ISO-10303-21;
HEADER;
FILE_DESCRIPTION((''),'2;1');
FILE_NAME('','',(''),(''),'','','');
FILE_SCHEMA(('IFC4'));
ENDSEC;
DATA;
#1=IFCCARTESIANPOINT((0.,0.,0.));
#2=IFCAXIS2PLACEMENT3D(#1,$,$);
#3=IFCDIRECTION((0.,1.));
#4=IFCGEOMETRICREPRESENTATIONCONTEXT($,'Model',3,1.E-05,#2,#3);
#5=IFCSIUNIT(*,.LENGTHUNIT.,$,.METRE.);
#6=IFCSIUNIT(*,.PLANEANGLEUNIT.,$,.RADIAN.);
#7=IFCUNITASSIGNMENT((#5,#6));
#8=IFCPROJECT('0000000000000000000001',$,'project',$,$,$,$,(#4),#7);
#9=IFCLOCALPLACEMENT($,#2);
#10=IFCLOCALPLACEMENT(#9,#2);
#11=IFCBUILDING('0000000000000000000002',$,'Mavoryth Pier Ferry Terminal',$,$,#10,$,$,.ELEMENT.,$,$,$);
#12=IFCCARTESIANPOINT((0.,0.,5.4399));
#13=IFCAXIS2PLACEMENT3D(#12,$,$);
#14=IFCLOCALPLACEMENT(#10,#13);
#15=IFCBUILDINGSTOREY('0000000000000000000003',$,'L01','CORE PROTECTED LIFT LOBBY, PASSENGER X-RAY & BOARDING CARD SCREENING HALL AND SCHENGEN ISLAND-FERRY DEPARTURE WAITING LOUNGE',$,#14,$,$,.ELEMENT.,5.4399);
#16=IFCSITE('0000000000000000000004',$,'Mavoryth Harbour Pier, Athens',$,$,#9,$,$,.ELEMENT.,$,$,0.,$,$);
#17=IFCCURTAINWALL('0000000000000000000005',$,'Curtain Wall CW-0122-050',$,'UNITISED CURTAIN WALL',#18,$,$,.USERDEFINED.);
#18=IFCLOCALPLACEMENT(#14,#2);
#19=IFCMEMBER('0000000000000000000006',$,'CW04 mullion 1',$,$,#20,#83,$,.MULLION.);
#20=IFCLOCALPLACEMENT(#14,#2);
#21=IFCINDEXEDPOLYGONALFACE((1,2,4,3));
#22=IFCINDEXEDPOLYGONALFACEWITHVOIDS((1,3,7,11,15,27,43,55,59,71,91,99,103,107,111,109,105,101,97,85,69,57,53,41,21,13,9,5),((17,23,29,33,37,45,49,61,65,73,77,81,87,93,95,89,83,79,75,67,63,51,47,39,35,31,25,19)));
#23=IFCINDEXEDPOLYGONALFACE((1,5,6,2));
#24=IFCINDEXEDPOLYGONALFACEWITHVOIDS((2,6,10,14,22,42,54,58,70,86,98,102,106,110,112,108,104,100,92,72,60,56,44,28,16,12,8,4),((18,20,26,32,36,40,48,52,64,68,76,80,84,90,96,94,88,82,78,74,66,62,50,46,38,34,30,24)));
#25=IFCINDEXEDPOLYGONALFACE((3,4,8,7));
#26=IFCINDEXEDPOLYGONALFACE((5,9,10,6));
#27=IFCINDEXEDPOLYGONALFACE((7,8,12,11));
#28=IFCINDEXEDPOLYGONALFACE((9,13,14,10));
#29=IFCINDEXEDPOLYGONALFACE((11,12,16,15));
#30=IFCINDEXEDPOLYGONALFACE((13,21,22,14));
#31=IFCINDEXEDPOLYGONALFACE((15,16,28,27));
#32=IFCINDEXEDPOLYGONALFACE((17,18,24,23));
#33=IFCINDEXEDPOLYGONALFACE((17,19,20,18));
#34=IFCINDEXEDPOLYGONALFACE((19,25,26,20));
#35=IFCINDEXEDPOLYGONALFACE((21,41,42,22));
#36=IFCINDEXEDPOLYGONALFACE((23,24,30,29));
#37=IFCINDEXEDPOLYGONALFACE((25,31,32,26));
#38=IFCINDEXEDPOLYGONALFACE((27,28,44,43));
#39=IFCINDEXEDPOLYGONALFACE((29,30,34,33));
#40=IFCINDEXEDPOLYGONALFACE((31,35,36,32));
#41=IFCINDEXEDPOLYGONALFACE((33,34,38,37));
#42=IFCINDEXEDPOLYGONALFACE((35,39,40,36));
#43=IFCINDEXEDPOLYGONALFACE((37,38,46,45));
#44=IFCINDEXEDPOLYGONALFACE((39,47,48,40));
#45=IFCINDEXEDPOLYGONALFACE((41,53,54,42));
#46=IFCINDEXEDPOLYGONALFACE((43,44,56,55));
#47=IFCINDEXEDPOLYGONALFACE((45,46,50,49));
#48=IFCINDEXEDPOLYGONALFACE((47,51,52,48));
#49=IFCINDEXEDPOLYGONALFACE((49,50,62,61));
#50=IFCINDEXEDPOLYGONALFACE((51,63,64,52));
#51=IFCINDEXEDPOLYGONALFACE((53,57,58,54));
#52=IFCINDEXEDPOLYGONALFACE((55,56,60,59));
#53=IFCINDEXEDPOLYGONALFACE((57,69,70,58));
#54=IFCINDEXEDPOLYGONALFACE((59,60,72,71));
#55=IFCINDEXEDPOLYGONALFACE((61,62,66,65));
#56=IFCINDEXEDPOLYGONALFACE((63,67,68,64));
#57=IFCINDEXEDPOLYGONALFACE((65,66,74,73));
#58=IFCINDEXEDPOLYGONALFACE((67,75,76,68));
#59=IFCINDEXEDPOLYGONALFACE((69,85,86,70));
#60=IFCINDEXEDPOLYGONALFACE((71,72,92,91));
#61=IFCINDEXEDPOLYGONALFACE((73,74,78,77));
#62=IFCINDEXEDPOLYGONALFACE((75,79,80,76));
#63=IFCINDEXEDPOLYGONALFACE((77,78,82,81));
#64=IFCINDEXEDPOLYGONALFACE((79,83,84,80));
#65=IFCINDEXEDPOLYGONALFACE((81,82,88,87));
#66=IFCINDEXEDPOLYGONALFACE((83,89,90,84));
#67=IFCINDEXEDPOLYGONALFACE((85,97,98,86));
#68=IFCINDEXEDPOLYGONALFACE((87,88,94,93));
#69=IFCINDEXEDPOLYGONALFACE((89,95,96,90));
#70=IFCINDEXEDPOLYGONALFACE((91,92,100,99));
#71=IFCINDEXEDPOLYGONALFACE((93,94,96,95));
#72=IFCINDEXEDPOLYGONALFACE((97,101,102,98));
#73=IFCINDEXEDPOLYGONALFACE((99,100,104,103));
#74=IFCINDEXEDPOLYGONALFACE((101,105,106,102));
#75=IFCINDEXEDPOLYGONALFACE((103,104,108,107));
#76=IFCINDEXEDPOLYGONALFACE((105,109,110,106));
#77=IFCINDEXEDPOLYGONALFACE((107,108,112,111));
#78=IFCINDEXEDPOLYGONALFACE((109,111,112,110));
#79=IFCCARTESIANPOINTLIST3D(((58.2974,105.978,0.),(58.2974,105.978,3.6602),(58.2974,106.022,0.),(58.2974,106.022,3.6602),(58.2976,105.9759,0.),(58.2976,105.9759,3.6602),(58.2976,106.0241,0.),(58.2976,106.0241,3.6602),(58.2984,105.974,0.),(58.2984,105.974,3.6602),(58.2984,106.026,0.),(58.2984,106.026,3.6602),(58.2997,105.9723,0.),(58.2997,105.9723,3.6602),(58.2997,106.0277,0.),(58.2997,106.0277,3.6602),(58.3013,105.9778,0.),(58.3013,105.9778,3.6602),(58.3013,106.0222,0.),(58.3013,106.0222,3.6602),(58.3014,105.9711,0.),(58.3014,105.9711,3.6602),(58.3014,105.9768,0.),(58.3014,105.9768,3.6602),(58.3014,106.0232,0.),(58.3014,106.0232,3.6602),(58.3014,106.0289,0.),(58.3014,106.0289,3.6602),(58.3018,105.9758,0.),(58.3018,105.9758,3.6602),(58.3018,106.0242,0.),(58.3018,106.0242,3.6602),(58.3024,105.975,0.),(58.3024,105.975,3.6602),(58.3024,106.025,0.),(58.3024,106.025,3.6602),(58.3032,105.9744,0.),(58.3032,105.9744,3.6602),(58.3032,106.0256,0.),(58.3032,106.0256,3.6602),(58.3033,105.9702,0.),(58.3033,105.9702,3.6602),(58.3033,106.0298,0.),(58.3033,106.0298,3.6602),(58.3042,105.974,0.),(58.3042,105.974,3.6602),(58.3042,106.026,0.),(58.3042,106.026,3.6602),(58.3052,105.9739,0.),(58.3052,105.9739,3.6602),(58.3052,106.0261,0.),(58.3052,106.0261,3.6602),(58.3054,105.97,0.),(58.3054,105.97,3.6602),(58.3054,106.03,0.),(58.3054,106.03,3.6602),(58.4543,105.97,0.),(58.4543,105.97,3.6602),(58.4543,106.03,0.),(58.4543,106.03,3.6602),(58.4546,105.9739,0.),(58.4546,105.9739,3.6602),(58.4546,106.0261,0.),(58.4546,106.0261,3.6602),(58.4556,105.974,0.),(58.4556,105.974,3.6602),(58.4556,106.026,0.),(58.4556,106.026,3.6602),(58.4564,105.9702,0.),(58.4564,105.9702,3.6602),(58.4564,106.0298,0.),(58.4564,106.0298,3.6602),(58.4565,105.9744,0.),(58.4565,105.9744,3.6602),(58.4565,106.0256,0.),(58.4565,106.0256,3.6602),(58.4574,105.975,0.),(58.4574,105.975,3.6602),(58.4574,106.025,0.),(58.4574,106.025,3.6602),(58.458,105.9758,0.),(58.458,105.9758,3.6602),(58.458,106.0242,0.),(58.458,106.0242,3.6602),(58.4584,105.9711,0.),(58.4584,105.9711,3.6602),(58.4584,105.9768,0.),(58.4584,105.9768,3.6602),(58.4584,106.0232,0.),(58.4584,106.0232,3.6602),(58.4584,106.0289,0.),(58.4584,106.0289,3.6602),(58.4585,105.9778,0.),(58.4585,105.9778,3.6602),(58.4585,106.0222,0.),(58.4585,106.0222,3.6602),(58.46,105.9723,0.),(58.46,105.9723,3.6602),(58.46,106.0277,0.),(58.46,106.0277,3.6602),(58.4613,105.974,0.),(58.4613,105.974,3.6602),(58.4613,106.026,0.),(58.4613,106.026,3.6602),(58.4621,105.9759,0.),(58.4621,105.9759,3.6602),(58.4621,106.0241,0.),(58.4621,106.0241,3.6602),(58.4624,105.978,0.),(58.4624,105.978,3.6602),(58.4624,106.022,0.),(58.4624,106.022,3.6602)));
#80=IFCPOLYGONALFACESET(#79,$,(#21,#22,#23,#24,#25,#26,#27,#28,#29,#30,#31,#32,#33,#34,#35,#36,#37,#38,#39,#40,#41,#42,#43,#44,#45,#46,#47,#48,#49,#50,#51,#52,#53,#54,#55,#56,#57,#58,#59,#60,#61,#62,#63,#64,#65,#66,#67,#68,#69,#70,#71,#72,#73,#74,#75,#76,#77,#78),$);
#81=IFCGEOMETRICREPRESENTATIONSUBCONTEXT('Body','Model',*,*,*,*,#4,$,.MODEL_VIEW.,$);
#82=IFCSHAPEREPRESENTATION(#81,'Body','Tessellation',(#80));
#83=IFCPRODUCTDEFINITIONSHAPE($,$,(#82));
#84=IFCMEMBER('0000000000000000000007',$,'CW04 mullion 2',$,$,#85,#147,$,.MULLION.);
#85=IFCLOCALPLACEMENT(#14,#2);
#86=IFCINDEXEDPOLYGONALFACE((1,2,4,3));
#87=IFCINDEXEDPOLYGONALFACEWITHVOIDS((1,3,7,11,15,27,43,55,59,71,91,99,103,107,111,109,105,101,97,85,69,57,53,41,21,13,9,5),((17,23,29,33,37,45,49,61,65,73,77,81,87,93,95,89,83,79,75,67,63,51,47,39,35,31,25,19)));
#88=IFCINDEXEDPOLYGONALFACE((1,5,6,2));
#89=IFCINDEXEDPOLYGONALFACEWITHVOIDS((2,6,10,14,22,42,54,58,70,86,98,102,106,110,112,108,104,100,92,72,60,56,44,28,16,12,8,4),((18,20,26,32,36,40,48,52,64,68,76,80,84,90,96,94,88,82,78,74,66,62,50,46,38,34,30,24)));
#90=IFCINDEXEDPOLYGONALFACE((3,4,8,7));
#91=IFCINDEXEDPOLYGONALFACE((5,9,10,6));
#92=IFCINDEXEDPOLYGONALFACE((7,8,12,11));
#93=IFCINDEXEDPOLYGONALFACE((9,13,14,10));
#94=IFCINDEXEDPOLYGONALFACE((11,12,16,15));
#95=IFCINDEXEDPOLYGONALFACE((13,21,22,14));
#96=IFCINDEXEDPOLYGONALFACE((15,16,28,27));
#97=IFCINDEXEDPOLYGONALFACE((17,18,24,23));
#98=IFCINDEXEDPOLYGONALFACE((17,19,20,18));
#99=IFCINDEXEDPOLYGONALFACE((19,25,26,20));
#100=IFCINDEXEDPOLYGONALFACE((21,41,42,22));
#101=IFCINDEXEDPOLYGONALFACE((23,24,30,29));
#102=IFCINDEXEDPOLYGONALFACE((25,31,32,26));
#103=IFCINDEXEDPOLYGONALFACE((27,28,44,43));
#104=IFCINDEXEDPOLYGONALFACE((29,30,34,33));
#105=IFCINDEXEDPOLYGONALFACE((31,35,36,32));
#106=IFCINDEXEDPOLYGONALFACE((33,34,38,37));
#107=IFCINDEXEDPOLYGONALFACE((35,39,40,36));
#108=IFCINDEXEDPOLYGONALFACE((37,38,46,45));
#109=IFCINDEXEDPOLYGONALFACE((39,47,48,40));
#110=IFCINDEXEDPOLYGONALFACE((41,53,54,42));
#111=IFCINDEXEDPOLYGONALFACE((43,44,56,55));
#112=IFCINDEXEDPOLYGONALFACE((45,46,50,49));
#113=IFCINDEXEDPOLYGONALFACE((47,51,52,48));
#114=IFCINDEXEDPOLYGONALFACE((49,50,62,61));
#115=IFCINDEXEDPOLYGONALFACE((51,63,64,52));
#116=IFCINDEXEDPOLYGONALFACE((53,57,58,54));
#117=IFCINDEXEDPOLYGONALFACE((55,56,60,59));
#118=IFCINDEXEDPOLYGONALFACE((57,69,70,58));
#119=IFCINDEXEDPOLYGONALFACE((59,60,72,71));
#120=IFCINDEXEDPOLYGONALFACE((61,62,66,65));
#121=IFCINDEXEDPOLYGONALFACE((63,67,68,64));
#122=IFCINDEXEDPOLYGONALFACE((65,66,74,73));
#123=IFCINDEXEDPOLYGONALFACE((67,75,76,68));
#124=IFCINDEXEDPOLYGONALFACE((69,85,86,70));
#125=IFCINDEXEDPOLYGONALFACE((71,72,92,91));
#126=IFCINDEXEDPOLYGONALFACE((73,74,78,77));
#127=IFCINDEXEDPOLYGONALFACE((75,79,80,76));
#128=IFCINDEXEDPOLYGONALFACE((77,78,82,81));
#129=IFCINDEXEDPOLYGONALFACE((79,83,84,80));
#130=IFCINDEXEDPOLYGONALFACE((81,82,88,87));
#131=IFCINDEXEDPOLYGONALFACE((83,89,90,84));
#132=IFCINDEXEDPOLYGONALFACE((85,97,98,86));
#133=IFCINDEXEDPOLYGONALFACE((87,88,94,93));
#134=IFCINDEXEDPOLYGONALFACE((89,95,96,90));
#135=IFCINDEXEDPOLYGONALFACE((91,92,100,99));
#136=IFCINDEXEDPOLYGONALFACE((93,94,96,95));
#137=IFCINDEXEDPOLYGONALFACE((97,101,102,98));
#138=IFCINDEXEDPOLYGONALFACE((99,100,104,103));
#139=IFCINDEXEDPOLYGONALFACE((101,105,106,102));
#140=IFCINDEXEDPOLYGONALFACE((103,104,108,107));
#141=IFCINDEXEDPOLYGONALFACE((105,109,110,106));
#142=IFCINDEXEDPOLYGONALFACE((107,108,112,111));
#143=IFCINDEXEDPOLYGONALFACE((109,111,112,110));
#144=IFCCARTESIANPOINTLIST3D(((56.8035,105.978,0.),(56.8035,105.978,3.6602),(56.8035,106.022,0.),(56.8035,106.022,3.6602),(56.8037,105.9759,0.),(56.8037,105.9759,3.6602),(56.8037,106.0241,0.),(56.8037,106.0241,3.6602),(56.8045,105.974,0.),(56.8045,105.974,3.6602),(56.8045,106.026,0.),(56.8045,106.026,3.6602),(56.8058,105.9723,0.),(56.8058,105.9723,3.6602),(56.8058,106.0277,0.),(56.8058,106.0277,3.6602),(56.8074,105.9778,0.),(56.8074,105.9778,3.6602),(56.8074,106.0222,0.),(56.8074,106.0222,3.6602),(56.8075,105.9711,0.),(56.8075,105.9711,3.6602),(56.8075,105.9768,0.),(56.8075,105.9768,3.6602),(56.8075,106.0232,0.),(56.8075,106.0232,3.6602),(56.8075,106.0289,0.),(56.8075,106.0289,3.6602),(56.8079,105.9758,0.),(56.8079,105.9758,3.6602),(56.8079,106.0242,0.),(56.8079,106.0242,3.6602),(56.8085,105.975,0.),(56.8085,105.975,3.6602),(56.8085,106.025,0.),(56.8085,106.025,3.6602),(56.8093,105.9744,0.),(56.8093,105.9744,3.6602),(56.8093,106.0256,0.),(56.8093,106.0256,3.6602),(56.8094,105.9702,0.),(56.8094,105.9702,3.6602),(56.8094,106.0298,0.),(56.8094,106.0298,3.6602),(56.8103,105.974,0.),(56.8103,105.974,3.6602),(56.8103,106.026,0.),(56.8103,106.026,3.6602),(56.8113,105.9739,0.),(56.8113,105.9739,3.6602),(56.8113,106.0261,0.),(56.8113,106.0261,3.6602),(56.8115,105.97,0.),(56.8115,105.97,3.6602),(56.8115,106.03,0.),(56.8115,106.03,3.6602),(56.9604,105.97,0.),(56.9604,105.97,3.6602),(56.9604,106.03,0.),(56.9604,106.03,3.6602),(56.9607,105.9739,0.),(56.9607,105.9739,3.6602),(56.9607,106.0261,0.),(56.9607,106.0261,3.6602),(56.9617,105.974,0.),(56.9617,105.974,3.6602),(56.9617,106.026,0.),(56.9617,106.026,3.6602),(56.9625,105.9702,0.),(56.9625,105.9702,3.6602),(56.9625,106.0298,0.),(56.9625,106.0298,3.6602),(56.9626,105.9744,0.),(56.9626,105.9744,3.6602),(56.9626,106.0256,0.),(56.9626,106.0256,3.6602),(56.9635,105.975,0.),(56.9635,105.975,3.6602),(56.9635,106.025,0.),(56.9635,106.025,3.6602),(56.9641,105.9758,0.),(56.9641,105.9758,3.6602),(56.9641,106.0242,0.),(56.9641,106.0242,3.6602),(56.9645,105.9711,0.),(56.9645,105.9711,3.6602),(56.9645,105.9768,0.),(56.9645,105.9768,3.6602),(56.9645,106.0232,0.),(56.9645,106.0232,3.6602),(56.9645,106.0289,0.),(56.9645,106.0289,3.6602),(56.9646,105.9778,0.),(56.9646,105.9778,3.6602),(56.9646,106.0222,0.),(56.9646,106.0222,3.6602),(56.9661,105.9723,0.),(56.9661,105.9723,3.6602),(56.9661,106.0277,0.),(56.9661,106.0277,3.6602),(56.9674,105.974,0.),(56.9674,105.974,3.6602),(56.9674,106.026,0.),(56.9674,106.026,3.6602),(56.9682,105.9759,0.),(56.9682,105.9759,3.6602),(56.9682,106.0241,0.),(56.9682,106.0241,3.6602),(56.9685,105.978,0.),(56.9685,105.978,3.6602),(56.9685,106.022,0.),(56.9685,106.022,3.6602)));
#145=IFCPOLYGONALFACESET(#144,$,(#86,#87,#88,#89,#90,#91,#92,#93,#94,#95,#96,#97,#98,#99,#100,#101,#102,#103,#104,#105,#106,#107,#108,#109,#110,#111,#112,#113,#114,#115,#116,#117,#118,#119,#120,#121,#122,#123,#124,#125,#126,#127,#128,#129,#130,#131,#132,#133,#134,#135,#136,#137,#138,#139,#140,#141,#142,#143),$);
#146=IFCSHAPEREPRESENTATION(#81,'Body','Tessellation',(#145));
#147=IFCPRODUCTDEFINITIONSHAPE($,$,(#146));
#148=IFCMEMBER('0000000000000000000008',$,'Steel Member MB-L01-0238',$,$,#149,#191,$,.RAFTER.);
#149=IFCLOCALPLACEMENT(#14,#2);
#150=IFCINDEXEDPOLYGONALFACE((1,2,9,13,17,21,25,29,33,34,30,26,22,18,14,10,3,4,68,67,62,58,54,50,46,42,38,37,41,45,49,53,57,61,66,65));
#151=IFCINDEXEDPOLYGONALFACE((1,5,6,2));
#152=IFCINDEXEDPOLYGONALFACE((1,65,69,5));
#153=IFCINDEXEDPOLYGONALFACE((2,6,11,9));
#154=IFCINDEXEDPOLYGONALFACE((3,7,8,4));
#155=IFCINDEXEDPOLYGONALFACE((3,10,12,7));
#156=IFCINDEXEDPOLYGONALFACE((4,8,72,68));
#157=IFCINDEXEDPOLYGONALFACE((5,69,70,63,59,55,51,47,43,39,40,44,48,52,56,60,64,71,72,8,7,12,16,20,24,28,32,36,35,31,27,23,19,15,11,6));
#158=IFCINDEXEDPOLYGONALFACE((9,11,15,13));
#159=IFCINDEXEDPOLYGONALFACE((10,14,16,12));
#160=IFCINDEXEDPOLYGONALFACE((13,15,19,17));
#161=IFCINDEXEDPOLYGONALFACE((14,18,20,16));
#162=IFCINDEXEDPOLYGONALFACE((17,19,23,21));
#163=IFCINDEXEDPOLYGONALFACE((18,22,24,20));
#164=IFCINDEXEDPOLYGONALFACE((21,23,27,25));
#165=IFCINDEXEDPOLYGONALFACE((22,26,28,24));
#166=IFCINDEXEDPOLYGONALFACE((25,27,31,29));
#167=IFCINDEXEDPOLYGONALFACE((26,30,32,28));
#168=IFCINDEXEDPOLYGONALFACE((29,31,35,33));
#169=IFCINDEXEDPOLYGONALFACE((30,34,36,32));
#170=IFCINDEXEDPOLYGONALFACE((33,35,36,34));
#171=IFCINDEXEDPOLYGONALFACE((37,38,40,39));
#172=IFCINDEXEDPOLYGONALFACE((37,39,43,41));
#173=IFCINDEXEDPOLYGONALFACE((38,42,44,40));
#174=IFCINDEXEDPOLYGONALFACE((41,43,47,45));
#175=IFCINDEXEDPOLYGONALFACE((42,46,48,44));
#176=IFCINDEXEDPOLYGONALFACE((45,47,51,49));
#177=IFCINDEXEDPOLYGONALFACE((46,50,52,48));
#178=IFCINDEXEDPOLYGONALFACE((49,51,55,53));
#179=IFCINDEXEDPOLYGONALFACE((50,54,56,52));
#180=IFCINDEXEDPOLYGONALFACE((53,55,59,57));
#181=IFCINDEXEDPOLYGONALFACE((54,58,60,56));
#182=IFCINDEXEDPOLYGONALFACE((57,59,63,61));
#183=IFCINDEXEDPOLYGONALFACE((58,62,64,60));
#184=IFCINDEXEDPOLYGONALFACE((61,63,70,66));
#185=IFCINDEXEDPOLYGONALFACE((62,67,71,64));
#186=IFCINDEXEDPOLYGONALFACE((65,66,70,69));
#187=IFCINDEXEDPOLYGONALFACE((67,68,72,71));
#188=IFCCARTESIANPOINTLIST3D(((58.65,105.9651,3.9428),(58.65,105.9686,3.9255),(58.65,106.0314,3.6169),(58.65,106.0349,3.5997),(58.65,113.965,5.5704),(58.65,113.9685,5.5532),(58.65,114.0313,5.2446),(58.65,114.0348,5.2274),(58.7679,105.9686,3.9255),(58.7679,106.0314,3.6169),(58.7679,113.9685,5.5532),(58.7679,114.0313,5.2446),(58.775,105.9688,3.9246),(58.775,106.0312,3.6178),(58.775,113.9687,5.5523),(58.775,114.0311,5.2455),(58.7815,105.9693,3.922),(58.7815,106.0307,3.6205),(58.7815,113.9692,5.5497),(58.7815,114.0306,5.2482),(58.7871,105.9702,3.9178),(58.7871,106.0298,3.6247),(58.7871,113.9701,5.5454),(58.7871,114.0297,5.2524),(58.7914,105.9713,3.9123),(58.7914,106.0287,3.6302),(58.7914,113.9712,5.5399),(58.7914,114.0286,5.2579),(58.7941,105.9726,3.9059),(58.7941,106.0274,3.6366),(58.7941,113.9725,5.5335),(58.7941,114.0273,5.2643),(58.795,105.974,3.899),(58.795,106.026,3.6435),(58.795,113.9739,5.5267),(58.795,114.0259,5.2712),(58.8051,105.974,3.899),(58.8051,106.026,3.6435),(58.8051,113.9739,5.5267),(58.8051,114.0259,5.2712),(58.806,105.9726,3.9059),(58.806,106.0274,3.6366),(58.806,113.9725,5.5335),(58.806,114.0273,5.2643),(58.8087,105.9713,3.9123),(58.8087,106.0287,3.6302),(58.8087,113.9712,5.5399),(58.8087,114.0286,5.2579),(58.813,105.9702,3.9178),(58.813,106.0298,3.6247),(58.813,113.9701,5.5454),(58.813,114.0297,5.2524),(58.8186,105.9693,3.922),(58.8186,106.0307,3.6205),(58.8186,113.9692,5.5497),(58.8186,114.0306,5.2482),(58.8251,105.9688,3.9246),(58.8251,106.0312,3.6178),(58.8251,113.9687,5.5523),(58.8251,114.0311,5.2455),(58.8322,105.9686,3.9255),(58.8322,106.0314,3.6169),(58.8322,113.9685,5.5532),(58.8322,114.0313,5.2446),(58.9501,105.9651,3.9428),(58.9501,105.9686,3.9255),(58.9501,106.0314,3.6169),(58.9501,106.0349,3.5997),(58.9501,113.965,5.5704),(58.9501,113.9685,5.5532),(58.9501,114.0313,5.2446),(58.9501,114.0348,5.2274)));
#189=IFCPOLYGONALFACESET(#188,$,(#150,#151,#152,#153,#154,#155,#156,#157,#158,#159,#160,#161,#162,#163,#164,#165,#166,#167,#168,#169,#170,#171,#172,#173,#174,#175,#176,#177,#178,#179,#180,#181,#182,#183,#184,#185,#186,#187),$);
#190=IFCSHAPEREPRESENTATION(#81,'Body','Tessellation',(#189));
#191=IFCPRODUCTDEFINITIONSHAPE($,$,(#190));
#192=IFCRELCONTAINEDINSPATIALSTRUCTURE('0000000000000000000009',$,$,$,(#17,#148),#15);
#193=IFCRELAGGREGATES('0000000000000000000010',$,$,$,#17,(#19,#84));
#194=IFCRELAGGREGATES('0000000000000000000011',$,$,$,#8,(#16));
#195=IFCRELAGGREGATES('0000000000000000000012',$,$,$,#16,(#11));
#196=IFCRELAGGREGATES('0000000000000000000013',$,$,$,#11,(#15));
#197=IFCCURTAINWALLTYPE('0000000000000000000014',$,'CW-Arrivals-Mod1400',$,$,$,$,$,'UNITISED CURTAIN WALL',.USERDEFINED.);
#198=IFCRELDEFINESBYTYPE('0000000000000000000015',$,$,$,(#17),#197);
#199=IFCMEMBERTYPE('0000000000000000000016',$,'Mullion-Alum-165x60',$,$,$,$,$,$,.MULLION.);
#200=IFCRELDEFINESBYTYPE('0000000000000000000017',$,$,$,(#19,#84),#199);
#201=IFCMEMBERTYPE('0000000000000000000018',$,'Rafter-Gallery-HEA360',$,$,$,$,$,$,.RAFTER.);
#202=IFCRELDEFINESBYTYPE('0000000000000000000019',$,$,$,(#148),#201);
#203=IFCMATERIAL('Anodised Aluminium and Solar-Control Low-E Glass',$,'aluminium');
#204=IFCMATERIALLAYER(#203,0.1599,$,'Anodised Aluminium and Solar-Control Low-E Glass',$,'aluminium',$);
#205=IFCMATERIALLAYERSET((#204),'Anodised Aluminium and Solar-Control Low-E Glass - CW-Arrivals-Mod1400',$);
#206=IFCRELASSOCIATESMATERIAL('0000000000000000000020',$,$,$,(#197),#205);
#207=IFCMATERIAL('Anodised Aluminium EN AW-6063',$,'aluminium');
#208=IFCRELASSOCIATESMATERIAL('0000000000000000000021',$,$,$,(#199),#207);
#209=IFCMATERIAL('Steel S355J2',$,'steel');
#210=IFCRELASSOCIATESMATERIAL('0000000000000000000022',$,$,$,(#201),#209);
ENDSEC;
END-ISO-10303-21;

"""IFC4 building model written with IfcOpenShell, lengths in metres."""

from ifc_helpers import new_model, si_unit, direction, frame, origin, origin_2d, place, context, subcontext, project, spatial, hollow_rectangle, i_section, extrude, material, layer, layer_set, material_profile, profile_set, type_object, element, aggregate, save


model = new_model("IFC4")

# Units and contexts
model_context = context("Model", 3, precision=1e-05, world=origin(), true_north=direction((0.0, 1.0)))
body_context = subcontext(model_context, "Body", "Model", "MODEL_VIEW")
ifc_project = project(units=[si_unit("LENGTHUNIT", "METRE"), si_unit("PLANEANGLEUNIT", "RADIAN")], contexts=[model_context])

# Site, building, storey
site_placement = place(None, origin())
site = spatial("IfcSite", under=ifc_project, at=site_placement, Name="Mavoryth Harbour Pier, Athens", CompositionType="ELEMENT", RefElevation=0.0)
building_placement = place(site_placement, origin())
building = spatial("IfcBuilding", under=site, at=building_placement, Name="Mavoryth Pier Ferry Terminal", CompositionType="ELEMENT")
storey_placement = place(building_placement, frame((0.0, 0.0, 5.4399)))
storey = spatial("IfcBuildingStorey", under=building, at=storey_placement, Name="L01", Description="CORE PROTECTED LIFT LOBBY, PASSENGER X-RAY & BOARDING CARD SCREENING HALL AND SCHENGEN ISLAND-FERRY DEPARTURE WAITING LOUNGE", CompositionType="ELEMENT", Elevation=5.4399)

# Shared definitions
ifc_material_1 = material(Name="Steel S355J2", Category="steel")

# Curtain wall, members
ifc_material_2 = material(Name="Anodised Aluminium and Solar-Control Low-E Glass", Category="aluminium")
ifc_layer_1 = layer(ifc_material_2, 0.1599, Name="Anodised Aluminium and Solar-Control Low-E Glass", Category="aluminium")
ifc_layer_set_1 = layer_set([ifc_layer_1], Name="Anodised Aluminium and Solar-Control Low-E Glass - CW-Arrivals-Mod1400")
curtain_wall_type_1 = type_object("IfcCurtainWallType", Name="CW-Arrivals-Mod1400", ElementType="UNITISED CURTAIN WALL", PredefinedType="USERDEFINED", material=ifc_layer_set_1)
curtain_wall_1_placement = place(storey_placement, origin())
curtain_wall_1 = element("IfcCurtainWall", 1, at=curtain_wall_1_placement, inside=storey, type_object=curtain_wall_type_1, Name="Curtain Wall CW-0122-050", ObjectType="UNITISED CURTAIN WALL", PredefinedType="USERDEFINED")
ifc_material_3 = material(Name="Anodised Aluminium EN AW-6063", Category="aluminium")
ifc_material_profile_1 = material_profile(ifc_material_3, hollow_rectangle(XDim=0.0601, YDim=0.165, WallThickness=0.0039, InnerFilletRadius=0.0039, OuterFilletRadius=0.0081, at=origin_2d()), Name="AL-MULL 165x60x4", Category="aluminium")
ifc_profile_set_1 = profile_set([ifc_material_profile_1], Name="Anodised Aluminium EN AW-6063 - AL-MULL 165x60x4")
member_type_1 = type_object("IfcMemberType", Name="Mullion-Alum-165x60", PredefinedType="MULLION", material=ifc_profile_set_1)
member_1_placement = place(storey_placement, frame((58.3799, 106.0, 0.0), z_axis=(0.0, 0.0, 1.0), x_axis=(0.0, -1.0, 0.0)))
member_1 = element("IfcMember", 2, at=member_1_placement, type_object=member_type_1, Name="CW04 mullion 1", PredefinedType="MULLION", context=body_context, shape_type="SweptSolid", body=[
    extrude(hollow_rectangle(XDim=0.0601, YDim=0.165, WallThickness=0.0039, InnerFilletRadius=0.0039, OuterFilletRadius=0.0081, at=origin_2d()), origin(), (0.0, 0.0, 1.0), 3.6602),
])
member_2_placement = place(storey_placement, frame((56.886, 106.0, 0.0), z_axis=(0.0, 0.0, 1.0), x_axis=(0.0, -1.0, 0.0)))
member_2 = element("IfcMember", 3, at=member_2_placement, type_object=member_type_1, Name="CW04 mullion 2", PredefinedType="MULLION", context=body_context, shape_type="SweptSolid", body=[
    extrude(hollow_rectangle(XDim=0.0601, YDim=0.165, WallThickness=0.0039, InnerFilletRadius=0.0039, OuterFilletRadius=0.0081, at=origin_2d()), origin(), (0.0, 0.0, 1.0), 3.6602),
])

# Member
ifc_material_profile_2 = material_profile(ifc_material_1, i_section(OverallWidth=0.3, OverallDepth=0.3501, WebThickness=0.01, FlangeThickness=0.0176, FilletRadius=0.0271, at=origin_2d()), Name="HEA 360", Category="steel")
ifc_profile_set_2 = profile_set([ifc_material_profile_2], Name="Steel S355J2 - HEA 360")
member_type_2 = type_object("IfcMemberType", Name="Rafter-Gallery-HEA360", PredefinedType="RAFTER", material=ifc_profile_set_2)
member_3_placement = place(storey_placement, frame((58.8, 106.0, 3.7712), z_axis=(0.0, 0.979923, 0.199376), x_axis=(-1.0, 0.0, 0.0)))
element("IfcMember", 4, at=member_3_placement, inside=storey, type_object=member_type_2, Name="Steel Member MB-L01-0238", PredefinedType="RAFTER", context=body_context, shape_type="SweptSolid", body=[
    extrude(i_section(OverallWidth=0.3, OverallDepth=0.3501, WebThickness=0.01, FlangeThickness=0.0176, FilletRadius=0.0271, at=origin_2d()), origin(), (0.0, 0.0, 1.0), 8.1638),
])

aggregate(curtain_wall_1, [member_1, member_2])

save(model, "model.ifc")
